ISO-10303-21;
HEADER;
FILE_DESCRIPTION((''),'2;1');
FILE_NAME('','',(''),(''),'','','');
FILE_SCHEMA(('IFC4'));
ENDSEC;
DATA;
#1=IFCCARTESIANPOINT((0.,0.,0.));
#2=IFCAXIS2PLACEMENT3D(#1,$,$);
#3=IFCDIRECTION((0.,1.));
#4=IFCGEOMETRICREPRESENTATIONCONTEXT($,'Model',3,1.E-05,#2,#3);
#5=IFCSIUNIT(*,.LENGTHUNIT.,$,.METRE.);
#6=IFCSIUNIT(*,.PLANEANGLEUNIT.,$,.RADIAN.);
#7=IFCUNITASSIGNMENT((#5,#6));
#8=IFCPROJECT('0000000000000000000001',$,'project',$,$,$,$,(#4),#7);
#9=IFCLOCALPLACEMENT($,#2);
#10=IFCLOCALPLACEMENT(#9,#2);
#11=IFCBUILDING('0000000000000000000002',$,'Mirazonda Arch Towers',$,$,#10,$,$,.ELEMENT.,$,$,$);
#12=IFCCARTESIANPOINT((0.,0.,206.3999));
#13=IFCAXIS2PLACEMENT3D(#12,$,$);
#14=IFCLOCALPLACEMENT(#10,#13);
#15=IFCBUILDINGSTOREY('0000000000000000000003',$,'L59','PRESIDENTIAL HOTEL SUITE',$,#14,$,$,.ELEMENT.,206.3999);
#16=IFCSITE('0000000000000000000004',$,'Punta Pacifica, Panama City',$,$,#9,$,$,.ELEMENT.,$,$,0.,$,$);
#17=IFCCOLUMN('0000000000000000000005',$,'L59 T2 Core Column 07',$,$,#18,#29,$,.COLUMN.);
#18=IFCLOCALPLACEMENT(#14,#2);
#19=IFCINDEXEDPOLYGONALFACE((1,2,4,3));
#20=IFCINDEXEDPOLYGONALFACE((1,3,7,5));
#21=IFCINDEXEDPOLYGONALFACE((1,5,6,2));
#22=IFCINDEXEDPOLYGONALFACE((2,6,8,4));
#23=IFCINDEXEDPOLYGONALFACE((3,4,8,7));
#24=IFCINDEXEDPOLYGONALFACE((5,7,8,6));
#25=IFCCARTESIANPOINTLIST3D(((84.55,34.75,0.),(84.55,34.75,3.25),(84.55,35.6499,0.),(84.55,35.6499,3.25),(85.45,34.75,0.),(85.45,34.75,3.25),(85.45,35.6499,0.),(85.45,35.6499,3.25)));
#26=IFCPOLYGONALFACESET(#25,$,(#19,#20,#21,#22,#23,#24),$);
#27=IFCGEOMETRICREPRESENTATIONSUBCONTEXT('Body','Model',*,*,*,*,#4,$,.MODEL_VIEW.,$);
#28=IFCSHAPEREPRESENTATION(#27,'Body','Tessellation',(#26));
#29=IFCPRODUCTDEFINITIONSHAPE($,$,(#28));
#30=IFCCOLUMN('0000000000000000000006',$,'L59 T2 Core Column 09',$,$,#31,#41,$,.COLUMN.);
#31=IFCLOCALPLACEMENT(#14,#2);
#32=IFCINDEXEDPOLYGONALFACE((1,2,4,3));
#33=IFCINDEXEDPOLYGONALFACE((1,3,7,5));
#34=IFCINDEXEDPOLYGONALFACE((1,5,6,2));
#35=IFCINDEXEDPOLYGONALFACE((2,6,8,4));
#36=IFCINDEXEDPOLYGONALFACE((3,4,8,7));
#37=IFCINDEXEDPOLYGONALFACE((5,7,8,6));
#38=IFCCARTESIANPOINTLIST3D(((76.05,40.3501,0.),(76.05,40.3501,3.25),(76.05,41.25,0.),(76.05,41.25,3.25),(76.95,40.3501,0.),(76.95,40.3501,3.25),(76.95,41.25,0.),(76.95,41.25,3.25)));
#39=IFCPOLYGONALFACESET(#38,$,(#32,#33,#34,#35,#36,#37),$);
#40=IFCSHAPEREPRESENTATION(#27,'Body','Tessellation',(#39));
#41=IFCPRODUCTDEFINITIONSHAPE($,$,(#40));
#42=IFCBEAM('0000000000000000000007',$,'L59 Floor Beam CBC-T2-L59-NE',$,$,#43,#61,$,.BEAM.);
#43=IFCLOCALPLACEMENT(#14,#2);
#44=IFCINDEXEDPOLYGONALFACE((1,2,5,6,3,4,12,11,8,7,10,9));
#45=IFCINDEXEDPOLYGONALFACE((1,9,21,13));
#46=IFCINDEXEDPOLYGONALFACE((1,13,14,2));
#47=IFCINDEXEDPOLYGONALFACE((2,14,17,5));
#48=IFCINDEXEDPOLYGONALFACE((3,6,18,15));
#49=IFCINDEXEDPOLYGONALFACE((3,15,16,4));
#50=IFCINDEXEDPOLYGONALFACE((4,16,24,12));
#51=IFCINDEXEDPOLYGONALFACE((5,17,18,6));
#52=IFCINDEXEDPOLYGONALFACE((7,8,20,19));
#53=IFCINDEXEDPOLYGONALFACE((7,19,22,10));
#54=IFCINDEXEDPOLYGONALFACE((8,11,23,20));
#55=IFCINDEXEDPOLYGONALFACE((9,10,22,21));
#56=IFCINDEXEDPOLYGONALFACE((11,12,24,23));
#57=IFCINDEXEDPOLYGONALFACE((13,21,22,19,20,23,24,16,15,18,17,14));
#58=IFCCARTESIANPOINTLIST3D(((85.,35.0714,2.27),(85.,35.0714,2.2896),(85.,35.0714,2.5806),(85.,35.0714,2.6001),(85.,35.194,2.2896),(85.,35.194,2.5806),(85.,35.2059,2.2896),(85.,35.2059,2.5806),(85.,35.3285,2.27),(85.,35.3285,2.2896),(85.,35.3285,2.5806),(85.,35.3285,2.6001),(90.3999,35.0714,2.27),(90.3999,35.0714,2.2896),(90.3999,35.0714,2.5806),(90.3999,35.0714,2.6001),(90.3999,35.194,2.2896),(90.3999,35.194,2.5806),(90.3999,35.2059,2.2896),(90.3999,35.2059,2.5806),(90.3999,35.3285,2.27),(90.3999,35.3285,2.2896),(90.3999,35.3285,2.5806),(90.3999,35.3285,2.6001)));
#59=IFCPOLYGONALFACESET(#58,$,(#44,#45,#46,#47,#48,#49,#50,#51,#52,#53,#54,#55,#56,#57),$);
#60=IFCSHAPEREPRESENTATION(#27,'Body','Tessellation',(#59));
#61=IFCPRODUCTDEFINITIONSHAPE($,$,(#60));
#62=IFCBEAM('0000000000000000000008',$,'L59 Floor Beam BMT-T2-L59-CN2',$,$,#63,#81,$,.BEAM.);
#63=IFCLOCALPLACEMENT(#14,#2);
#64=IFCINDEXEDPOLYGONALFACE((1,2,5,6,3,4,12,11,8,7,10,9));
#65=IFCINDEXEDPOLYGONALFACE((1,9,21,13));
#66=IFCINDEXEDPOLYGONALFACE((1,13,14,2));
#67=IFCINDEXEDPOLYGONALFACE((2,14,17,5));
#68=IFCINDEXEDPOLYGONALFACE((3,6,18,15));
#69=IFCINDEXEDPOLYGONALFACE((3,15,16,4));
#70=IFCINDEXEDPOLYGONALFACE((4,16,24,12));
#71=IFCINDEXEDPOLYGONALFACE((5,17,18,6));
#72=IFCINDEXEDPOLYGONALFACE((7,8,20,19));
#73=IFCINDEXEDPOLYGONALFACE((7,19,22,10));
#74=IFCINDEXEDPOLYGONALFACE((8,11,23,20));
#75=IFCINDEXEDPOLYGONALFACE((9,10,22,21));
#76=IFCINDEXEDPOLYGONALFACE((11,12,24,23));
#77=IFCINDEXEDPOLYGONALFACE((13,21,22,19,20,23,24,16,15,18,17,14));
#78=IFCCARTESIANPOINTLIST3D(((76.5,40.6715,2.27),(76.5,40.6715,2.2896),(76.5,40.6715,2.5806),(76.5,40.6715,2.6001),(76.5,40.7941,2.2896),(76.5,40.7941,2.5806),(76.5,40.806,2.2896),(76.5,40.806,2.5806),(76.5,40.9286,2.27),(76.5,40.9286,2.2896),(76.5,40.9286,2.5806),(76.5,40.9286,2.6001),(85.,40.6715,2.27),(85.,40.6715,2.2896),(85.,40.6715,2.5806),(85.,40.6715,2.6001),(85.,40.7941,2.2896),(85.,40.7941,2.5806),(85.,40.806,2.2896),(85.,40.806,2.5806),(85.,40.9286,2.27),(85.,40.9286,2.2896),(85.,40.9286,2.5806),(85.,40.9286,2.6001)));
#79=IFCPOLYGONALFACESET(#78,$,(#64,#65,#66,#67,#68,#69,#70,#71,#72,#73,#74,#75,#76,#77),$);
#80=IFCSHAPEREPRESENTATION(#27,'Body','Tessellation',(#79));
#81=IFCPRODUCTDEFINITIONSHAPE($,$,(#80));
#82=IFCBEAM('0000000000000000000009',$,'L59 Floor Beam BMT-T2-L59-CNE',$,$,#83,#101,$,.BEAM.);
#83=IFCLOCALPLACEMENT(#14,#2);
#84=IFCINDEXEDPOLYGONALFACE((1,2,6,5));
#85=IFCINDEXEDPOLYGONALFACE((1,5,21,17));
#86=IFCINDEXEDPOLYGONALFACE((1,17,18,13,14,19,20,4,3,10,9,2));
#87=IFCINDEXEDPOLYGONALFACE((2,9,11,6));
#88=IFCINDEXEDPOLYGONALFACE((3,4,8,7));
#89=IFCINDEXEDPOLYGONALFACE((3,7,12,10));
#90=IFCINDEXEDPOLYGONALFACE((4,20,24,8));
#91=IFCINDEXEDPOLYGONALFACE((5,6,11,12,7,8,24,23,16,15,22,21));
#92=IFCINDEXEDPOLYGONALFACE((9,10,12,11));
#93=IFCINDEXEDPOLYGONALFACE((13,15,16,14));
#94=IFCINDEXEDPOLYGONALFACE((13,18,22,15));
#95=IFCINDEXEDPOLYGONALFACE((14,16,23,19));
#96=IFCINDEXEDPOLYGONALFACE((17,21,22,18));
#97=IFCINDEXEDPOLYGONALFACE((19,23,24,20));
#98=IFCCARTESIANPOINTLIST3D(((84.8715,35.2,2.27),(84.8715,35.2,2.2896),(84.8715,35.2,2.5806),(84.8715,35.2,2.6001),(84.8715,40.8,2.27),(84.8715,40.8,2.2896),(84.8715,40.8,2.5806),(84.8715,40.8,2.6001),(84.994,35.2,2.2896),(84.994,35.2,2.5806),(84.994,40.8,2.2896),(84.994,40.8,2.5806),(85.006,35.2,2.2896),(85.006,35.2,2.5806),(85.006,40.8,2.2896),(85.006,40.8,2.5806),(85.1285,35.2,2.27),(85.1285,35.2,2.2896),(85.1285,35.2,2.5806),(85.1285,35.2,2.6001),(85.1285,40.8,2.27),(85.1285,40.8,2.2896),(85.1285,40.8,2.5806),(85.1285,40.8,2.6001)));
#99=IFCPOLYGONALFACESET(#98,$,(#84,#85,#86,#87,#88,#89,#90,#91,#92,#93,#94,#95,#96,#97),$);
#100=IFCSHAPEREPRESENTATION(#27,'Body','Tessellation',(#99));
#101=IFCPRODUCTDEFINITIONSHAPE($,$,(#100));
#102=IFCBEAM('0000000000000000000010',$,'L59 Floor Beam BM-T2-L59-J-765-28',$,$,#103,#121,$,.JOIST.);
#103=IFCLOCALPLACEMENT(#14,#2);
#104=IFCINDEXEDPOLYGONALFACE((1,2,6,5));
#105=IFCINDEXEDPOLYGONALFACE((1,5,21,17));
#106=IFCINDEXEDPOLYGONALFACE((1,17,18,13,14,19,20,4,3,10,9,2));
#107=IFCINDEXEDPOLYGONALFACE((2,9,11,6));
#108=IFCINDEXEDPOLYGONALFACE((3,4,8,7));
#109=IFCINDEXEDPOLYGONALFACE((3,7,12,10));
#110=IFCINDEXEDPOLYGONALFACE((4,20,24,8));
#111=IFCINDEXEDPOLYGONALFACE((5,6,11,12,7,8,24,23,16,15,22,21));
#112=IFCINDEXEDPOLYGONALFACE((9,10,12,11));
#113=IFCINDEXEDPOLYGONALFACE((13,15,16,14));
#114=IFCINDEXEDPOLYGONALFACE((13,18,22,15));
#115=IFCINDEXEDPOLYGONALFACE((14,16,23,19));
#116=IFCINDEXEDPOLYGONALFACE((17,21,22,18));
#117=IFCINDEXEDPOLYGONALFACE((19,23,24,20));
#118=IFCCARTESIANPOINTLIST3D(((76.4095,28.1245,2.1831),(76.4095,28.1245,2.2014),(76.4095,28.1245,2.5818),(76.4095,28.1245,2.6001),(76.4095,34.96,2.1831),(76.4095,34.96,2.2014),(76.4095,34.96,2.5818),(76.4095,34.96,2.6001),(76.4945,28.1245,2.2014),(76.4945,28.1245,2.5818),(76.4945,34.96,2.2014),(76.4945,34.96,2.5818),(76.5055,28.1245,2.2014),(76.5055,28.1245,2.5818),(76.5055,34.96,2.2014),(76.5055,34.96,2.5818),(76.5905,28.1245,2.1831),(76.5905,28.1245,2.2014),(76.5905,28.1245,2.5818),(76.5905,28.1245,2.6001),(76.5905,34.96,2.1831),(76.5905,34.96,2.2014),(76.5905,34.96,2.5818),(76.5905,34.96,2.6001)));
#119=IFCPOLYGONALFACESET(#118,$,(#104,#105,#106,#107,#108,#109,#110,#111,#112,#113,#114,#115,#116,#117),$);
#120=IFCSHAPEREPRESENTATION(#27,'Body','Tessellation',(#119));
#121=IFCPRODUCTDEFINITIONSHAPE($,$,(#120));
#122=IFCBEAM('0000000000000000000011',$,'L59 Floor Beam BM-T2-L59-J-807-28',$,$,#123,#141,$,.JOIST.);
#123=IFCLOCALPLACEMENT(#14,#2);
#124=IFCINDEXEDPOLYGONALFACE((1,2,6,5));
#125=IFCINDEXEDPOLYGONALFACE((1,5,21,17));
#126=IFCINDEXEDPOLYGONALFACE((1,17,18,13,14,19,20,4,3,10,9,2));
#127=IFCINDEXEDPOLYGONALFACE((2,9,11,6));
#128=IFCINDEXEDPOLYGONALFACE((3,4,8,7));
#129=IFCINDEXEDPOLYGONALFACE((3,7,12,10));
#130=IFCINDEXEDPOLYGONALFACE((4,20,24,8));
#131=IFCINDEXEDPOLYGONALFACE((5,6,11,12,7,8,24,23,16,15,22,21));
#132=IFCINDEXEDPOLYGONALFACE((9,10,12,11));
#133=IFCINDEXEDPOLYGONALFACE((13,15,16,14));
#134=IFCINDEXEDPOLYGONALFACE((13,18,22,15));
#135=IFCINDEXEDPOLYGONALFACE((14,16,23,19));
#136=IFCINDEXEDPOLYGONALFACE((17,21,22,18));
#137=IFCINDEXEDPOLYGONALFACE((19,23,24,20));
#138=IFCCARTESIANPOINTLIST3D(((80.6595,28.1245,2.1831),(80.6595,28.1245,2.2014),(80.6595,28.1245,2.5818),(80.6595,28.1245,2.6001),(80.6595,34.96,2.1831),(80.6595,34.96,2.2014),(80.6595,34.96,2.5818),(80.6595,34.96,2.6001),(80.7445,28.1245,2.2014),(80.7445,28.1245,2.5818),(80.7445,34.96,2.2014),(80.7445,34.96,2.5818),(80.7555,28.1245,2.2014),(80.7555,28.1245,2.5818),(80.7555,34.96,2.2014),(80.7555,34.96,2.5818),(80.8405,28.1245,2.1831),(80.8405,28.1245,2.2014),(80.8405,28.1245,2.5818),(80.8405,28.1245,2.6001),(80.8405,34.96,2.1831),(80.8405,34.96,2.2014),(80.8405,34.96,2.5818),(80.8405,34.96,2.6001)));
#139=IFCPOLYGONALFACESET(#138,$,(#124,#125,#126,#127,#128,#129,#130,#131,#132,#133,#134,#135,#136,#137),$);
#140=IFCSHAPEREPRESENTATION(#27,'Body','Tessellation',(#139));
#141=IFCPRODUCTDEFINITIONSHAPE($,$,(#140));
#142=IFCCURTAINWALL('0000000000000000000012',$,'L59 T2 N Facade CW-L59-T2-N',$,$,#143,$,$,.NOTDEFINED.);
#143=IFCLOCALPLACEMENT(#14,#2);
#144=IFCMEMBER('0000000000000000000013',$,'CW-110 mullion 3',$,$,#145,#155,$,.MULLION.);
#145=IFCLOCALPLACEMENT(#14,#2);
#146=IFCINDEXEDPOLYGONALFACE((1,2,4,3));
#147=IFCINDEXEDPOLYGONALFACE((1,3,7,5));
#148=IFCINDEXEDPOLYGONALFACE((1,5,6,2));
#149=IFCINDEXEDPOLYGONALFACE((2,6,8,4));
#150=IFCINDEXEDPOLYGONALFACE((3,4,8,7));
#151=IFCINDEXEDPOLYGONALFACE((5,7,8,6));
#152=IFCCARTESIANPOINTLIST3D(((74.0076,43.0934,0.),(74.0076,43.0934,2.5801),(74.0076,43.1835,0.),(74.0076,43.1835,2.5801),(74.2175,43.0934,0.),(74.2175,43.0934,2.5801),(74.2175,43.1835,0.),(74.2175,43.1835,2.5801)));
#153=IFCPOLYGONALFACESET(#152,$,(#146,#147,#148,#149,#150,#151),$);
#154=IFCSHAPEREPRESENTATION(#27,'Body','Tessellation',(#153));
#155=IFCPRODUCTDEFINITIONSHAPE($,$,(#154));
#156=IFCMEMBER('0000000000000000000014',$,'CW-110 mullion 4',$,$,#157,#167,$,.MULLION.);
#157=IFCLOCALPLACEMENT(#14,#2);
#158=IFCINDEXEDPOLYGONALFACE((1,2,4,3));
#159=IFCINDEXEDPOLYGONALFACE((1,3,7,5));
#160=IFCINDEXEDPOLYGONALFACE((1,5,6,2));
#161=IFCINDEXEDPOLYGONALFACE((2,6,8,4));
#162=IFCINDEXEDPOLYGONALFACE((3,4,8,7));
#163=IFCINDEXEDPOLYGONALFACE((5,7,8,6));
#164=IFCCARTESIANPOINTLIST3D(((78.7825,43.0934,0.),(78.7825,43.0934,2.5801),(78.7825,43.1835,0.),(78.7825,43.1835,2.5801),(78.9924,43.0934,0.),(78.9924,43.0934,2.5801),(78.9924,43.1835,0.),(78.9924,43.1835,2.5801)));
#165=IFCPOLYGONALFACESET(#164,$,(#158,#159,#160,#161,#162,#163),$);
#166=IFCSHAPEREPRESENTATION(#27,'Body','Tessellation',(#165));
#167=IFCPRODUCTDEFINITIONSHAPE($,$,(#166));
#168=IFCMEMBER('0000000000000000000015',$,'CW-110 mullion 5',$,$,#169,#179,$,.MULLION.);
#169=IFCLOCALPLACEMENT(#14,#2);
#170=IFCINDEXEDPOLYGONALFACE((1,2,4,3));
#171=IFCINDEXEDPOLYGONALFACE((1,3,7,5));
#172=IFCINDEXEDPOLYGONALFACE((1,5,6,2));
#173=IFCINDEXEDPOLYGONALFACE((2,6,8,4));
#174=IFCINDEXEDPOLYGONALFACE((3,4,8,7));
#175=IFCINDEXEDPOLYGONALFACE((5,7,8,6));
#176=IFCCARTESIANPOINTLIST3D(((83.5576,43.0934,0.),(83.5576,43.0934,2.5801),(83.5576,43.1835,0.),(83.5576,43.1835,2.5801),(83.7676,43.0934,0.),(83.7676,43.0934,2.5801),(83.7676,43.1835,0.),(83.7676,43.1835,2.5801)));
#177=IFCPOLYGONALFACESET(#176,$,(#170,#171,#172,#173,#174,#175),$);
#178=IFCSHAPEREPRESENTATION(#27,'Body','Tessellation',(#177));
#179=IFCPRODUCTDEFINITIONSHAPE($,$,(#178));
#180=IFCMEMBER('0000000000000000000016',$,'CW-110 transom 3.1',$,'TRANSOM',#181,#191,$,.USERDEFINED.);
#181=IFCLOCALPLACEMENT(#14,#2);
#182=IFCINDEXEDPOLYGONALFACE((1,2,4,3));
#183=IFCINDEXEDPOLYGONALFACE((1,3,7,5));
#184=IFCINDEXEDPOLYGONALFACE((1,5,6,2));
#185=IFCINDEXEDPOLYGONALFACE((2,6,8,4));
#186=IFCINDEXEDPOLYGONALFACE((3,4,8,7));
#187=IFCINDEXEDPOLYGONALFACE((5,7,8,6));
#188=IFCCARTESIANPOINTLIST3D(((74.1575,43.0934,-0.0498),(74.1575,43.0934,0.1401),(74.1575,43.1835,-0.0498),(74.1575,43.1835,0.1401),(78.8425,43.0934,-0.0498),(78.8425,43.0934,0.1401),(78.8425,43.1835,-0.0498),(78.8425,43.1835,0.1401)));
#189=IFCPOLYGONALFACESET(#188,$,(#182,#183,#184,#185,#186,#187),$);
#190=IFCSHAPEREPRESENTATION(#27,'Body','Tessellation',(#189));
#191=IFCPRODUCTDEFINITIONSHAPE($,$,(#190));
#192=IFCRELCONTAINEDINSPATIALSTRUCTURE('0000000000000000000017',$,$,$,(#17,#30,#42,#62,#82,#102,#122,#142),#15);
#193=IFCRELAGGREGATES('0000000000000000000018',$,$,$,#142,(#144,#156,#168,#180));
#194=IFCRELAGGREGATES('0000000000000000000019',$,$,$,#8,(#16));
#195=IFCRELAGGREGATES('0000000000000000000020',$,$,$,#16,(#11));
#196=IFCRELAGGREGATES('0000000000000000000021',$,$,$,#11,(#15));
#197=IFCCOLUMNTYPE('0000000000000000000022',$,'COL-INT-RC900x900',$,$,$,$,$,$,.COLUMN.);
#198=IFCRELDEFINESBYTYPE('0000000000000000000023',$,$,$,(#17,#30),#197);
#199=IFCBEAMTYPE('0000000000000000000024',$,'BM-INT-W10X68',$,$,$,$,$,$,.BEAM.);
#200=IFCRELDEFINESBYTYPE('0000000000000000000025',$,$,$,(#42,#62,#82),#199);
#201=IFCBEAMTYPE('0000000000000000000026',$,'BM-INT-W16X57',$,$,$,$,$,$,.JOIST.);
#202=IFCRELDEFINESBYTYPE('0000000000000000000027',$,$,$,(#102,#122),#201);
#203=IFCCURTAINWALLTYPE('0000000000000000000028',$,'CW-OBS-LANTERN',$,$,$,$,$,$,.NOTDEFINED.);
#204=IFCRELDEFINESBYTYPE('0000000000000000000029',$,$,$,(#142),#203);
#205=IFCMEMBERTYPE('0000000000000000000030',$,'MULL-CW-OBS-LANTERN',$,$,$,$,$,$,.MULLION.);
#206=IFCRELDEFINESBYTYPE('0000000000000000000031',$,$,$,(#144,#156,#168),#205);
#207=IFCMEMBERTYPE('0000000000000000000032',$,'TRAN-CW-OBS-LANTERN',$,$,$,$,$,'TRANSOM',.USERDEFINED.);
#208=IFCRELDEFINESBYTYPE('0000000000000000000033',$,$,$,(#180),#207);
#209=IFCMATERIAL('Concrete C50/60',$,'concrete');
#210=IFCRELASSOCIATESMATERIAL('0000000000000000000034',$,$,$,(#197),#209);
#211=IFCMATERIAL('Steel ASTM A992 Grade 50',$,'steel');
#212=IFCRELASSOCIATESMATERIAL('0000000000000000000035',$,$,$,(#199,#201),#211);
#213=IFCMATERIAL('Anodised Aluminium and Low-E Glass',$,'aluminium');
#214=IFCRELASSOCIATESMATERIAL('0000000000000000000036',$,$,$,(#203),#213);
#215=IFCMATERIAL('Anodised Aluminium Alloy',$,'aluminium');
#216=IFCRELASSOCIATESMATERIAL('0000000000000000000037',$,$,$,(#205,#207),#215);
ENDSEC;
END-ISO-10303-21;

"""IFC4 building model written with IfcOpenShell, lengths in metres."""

from ifc_helpers import new_model, si_unit, direction, frame, origin, origin_2d, place, context, subcontext, project, spatial, rectangle, i_section, extrude, material, material_profile, profile_set, type_object, element, aggregate, save


model = new_model("IFC4")

# Units and contexts
model_context = context("Model", 3, precision=1e-05, world=origin(), true_north=direction((0.0, 1.0)))
body_context = subcontext(model_context, "Body", "Model", "MODEL_VIEW")
ifc_project = project(units=[si_unit("LENGTHUNIT", "METRE"), si_unit("PLANEANGLEUNIT", "RADIAN")], contexts=[model_context])

# Site, building, storey
site_placement = place(None, origin())
site = spatial("IfcSite", under=ifc_project, at=site_placement, Name="Punta Pacifica, Panama City", CompositionType="ELEMENT", RefElevation=0.0)
building_placement = place(site_placement, origin())
building = spatial("IfcBuilding", under=site, at=building_placement, Name="Mirazonda Arch Towers", CompositionType="ELEMENT")
storey_placement = place(building_placement, frame((0.0, 0.0, 206.3999)))
storey = spatial("IfcBuildingStorey", under=building, at=storey_placement, Name="L59", Description="PRESIDENTIAL HOTEL SUITE", CompositionType="ELEMENT", Elevation=206.3999)

# Columns
ifc_material_1 = material(Name="Concrete C50/60", Category="concrete")
ifc_material_profile_1 = material_profile(ifc_material_1, rectangle(XDim=0.8999, YDim=0.8999, at=origin_2d()), Name="RC900x900")
ifc_profile_set_1 = profile_set([ifc_material_profile_1], Name="Concrete C50/60")
column_type = type_object("IfcColumnType", Name="COL-INT-RC900x900", PredefinedType="COLUMN", material=ifc_profile_set_1)
for number, where, z_axis, x_axis, name in (
    (1, (85.0, 35.2, 0.0), (0.0, 0.0, 1.0), (1.0, 0.0, 0.0), "L59 T2 Core Column 07"),
    (2, (76.5, 40.8, 0.0), (0.0, 0.0, 1.0), (1.0, 0.0, 0.0), "L59 T2 Core Column 09"),
):
    element("IfcColumn", number, at=place(storey_placement, frame(where, z_axis=z_axis, x_axis=x_axis)), inside=storey, type_object=column_type, Name=name, PredefinedType="COLUMN", context=body_context, shape_type="SweptSolid", body=[
        extrude(rectangle(XDim=0.8999, YDim=0.8999, at=origin_2d()), origin(), (0.0, 0.0, 1.0), 3.25),
    ])

# Beams
ifc_material_2 = material(Name="Steel ASTM A992 Grade 50", Category="steel")
ifc_material_profile_2 = material_profile(ifc_material_2, i_section(OverallWidth=0.2571, OverallDepth=0.3301, WebThickness=0.012, FlangeThickness=0.0195, at=origin_2d()), Name="W10X68")
ifc_profile_set_2 = profile_set([ifc_material_profile_2], Name="Steel ASTM A992 Grade 50")
beam_type_1 = type_object("IfcBeamType", Name="BM-INT-W10X68", PredefinedType="BEAM", material=ifc_profile_set_2)
beam_1_placement = place(storey_placement, frame((85.0, 35.2, 2.4351), z_axis=(1.0, 0.0, 0.0), x_axis=(0.0, 1.0, 0.0)))
element("IfcBeam", 3, at=beam_1_placement, inside=storey, type_object=beam_type_1, Name="L59 Floor Beam CBC-T2-L59-NE", PredefinedType="BEAM", context=body_context, shape_type="SweptSolid", body=[
    extrude(i_section(OverallWidth=0.2571, OverallDepth=0.3301, WebThickness=0.012, FlangeThickness=0.0195, at=origin_2d()), origin(), (0.0, 0.0, 1.0), 5.3999),
])
beam_2_placement = place(storey_placement, frame((76.5, 40.8, 2.4351), z_axis=(1.0, 0.0, 0.0), x_axis=(0.0, 1.0, 0.0)))
element("IfcBeam", 4, at=beam_2_placement, inside=storey, type_object=beam_type_1, Name="L59 Floor Beam BMT-T2-L59-CN2", PredefinedType="BEAM", context=body_context, shape_type="SweptSolid", body=[
    extrude(i_section(OverallWidth=0.2571, OverallDepth=0.3301, WebThickness=0.012, FlangeThickness=0.0195, at=origin_2d()), origin(), (0.0, 0.0, 1.0), 8.5),
])
beam_3_placement = place(storey_placement, frame((85.0, 35.2, 2.4351), z_axis=(0.0, 1.0, 0.0), x_axis=(-1.0, 0.0, 0.0)))
element("IfcBeam", 5, at=beam_3_placement, inside=storey, type_object=beam_type_1, Name="L59 Floor Beam BMT-T2-L59-CNE", PredefinedType="BEAM", context=body_context, shape_type="SweptSolid", body=[
    extrude(i_section(OverallWidth=0.2571, OverallDepth=0.3301, WebThickness=0.012, FlangeThickness=0.0195, at=origin_2d()), origin(), (0.0, 0.0, 1.0), 5.6001),
])
ifc_material_profile_3 = material_profile(ifc_material_2, i_section(OverallWidth=0.1809, OverallDepth=0.417, WebThickness=0.011, FlangeThickness=0.0183, at=origin_2d()), Name="W16X57")
ifc_profile_set_3 = profile_set([ifc_material_profile_3], Name="Steel ASTM A992 Grade 50")
beam_type_2 = type_object("IfcBeamType", Name="BM-INT-W16X57", PredefinedType="JOIST", material=ifc_profile_set_3)
for number, where, z_axis, x_axis, name in (
    (6, (76.5, 28.1245, 2.3916), (0.0, 1.0, 0.0), (-1.0, 0.0, 0.0), "L59 Floor Beam BM-T2-L59-J-765-28"),
    (7, (80.75, 28.1245, 2.3916), (0.0, 1.0, 0.0), (-1.0, 0.0, 0.0), "L59 Floor Beam BM-T2-L59-J-807-28"),
):
    element("IfcBeam", number, at=place(storey_placement, frame(where, z_axis=z_axis, x_axis=x_axis)), inside=storey, type_object=beam_type_2, Name=name, PredefinedType="JOIST", context=body_context, shape_type="SweptSolid", body=[
        extrude(i_section(OverallWidth=0.1809, OverallDepth=0.417, WebThickness=0.011, FlangeThickness=0.0183, at=origin_2d()), origin(), (0.0, 0.0, 1.0), 6.8354),
    ])

# Curtain wall, members
ifc_material_3 = material(Name="Anodised Aluminium and Low-E Glass", Category="aluminium")
curtain_wall_type = type_object("IfcCurtainWallType", Name="CW-OBS-LANTERN", PredefinedType="NOTDEFINED", material=ifc_material_3)
curtain_wall_placement = place(storey_placement, origin())
curtain_wall = element("IfcCurtainWall", 8, at=curtain_wall_placement, inside=storey, type_object=curtain_wall_type, Name="L59 T2 N Facade CW-L59-T2-N", PredefinedType="NOTDEFINED")
ifc_material_4 = material(Name="Anodised Aluminium Alloy", Category="aluminium")
ifc_material_profile_4 = material_profile(ifc_material_4, rectangle(XDim=0.0901, YDim=0.21, at=origin_2d()), Name="ALU-MULL-90x210")
ifc_profile_set_4 = profile_set([ifc_material_profile_4], Name="Anodised Aluminium Alloy")
member_type_1 = type_object("IfcMemberType", Name="MULL-CW-OBS-LANTERN", PredefinedType="MULLION", material=ifc_profile_set_4)
member_1_placement = place(storey_placement, frame((74.1125, 43.1384, 0.0), z_axis=(0.0, 0.0, 1.0), x_axis=(0.0, 1.0, 0.0)))
member_1 = element("IfcMember", 9, at=member_1_placement, type_object=member_type_1, Name="CW-110 mullion 3", PredefinedType="MULLION", context=body_context, shape_type="SweptSolid", body=[
    extrude(rectangle(XDim=0.0901, YDim=0.21, at=origin_2d()), origin(), (0.0, 0.0, 1.0), 2.5801),
])
member_2_placement = place(storey_placement, frame((78.8875, 43.1384, 0.0), z_axis=(0.0, 0.0, 1.0), x_axis=(0.0, 1.0, 0.0)))
member_2 = element("IfcMember", 10, at=member_2_placement, type_object=member_type_1, Name="CW-110 mullion 4", PredefinedType="MULLION", context=body_context, shape_type="SweptSolid", body=[
    extrude(rectangle(XDim=0.0901, YDim=0.21, at=origin_2d()), origin(), (0.0, 0.0, 1.0), 2.5801),
])
member_3_placement = place(storey_placement, frame((83.6626, 43.1384, 0.0), z_axis=(0.0, 0.0, 1.0), x_axis=(0.0, 1.0, 0.0)))
member_3 = element("IfcMember", 11, at=member_3_placement, type_object=member_type_1, Name="CW-110 mullion 5", PredefinedType="MULLION", context=body_context, shape_type="SweptSolid", body=[
    extrude(rectangle(XDim=0.0901, YDim=0.21, at=origin_2d()), origin(), (0.0, 0.0, 1.0), 2.5801),
])
ifc_material_profile_5 = material_profile(ifc_material_4, rectangle(XDim=0.0901, YDim=0.1899, at=origin_2d()), Name="ALU-TRAN-90x190")
ifc_profile_set_5 = profile_set([ifc_material_profile_5], Name="Anodised Aluminium Alloy")
member_type_2 = type_object("IfcMemberType", Name="TRAN-CW-OBS-LANTERN", ElementType="TRANSOM", PredefinedType="USERDEFINED", material=ifc_profile_set_5)
member_4_placement = place(storey_placement, frame((74.1575, 43.1384, 0.0452), z_axis=(1.0, 0.0, 0.0), x_axis=(0.0, 1.0, 0.0)))
member_4 = element("IfcMember", 12, at=member_4_placement, type_object=member_type_2, Name="CW-110 transom 3.1", ObjectType="TRANSOM", PredefinedType="USERDEFINED", context=body_context, shape_type="SweptSolid", body=[
    extrude(rectangle(XDim=0.0901, YDim=0.1899, at=origin_2d()), origin(), (0.0, 0.0, 1.0), 4.6851),
])
aggregate(curtain_wall, [member_1, member_2, member_3, member_4])

save(model, "model.ifc")
